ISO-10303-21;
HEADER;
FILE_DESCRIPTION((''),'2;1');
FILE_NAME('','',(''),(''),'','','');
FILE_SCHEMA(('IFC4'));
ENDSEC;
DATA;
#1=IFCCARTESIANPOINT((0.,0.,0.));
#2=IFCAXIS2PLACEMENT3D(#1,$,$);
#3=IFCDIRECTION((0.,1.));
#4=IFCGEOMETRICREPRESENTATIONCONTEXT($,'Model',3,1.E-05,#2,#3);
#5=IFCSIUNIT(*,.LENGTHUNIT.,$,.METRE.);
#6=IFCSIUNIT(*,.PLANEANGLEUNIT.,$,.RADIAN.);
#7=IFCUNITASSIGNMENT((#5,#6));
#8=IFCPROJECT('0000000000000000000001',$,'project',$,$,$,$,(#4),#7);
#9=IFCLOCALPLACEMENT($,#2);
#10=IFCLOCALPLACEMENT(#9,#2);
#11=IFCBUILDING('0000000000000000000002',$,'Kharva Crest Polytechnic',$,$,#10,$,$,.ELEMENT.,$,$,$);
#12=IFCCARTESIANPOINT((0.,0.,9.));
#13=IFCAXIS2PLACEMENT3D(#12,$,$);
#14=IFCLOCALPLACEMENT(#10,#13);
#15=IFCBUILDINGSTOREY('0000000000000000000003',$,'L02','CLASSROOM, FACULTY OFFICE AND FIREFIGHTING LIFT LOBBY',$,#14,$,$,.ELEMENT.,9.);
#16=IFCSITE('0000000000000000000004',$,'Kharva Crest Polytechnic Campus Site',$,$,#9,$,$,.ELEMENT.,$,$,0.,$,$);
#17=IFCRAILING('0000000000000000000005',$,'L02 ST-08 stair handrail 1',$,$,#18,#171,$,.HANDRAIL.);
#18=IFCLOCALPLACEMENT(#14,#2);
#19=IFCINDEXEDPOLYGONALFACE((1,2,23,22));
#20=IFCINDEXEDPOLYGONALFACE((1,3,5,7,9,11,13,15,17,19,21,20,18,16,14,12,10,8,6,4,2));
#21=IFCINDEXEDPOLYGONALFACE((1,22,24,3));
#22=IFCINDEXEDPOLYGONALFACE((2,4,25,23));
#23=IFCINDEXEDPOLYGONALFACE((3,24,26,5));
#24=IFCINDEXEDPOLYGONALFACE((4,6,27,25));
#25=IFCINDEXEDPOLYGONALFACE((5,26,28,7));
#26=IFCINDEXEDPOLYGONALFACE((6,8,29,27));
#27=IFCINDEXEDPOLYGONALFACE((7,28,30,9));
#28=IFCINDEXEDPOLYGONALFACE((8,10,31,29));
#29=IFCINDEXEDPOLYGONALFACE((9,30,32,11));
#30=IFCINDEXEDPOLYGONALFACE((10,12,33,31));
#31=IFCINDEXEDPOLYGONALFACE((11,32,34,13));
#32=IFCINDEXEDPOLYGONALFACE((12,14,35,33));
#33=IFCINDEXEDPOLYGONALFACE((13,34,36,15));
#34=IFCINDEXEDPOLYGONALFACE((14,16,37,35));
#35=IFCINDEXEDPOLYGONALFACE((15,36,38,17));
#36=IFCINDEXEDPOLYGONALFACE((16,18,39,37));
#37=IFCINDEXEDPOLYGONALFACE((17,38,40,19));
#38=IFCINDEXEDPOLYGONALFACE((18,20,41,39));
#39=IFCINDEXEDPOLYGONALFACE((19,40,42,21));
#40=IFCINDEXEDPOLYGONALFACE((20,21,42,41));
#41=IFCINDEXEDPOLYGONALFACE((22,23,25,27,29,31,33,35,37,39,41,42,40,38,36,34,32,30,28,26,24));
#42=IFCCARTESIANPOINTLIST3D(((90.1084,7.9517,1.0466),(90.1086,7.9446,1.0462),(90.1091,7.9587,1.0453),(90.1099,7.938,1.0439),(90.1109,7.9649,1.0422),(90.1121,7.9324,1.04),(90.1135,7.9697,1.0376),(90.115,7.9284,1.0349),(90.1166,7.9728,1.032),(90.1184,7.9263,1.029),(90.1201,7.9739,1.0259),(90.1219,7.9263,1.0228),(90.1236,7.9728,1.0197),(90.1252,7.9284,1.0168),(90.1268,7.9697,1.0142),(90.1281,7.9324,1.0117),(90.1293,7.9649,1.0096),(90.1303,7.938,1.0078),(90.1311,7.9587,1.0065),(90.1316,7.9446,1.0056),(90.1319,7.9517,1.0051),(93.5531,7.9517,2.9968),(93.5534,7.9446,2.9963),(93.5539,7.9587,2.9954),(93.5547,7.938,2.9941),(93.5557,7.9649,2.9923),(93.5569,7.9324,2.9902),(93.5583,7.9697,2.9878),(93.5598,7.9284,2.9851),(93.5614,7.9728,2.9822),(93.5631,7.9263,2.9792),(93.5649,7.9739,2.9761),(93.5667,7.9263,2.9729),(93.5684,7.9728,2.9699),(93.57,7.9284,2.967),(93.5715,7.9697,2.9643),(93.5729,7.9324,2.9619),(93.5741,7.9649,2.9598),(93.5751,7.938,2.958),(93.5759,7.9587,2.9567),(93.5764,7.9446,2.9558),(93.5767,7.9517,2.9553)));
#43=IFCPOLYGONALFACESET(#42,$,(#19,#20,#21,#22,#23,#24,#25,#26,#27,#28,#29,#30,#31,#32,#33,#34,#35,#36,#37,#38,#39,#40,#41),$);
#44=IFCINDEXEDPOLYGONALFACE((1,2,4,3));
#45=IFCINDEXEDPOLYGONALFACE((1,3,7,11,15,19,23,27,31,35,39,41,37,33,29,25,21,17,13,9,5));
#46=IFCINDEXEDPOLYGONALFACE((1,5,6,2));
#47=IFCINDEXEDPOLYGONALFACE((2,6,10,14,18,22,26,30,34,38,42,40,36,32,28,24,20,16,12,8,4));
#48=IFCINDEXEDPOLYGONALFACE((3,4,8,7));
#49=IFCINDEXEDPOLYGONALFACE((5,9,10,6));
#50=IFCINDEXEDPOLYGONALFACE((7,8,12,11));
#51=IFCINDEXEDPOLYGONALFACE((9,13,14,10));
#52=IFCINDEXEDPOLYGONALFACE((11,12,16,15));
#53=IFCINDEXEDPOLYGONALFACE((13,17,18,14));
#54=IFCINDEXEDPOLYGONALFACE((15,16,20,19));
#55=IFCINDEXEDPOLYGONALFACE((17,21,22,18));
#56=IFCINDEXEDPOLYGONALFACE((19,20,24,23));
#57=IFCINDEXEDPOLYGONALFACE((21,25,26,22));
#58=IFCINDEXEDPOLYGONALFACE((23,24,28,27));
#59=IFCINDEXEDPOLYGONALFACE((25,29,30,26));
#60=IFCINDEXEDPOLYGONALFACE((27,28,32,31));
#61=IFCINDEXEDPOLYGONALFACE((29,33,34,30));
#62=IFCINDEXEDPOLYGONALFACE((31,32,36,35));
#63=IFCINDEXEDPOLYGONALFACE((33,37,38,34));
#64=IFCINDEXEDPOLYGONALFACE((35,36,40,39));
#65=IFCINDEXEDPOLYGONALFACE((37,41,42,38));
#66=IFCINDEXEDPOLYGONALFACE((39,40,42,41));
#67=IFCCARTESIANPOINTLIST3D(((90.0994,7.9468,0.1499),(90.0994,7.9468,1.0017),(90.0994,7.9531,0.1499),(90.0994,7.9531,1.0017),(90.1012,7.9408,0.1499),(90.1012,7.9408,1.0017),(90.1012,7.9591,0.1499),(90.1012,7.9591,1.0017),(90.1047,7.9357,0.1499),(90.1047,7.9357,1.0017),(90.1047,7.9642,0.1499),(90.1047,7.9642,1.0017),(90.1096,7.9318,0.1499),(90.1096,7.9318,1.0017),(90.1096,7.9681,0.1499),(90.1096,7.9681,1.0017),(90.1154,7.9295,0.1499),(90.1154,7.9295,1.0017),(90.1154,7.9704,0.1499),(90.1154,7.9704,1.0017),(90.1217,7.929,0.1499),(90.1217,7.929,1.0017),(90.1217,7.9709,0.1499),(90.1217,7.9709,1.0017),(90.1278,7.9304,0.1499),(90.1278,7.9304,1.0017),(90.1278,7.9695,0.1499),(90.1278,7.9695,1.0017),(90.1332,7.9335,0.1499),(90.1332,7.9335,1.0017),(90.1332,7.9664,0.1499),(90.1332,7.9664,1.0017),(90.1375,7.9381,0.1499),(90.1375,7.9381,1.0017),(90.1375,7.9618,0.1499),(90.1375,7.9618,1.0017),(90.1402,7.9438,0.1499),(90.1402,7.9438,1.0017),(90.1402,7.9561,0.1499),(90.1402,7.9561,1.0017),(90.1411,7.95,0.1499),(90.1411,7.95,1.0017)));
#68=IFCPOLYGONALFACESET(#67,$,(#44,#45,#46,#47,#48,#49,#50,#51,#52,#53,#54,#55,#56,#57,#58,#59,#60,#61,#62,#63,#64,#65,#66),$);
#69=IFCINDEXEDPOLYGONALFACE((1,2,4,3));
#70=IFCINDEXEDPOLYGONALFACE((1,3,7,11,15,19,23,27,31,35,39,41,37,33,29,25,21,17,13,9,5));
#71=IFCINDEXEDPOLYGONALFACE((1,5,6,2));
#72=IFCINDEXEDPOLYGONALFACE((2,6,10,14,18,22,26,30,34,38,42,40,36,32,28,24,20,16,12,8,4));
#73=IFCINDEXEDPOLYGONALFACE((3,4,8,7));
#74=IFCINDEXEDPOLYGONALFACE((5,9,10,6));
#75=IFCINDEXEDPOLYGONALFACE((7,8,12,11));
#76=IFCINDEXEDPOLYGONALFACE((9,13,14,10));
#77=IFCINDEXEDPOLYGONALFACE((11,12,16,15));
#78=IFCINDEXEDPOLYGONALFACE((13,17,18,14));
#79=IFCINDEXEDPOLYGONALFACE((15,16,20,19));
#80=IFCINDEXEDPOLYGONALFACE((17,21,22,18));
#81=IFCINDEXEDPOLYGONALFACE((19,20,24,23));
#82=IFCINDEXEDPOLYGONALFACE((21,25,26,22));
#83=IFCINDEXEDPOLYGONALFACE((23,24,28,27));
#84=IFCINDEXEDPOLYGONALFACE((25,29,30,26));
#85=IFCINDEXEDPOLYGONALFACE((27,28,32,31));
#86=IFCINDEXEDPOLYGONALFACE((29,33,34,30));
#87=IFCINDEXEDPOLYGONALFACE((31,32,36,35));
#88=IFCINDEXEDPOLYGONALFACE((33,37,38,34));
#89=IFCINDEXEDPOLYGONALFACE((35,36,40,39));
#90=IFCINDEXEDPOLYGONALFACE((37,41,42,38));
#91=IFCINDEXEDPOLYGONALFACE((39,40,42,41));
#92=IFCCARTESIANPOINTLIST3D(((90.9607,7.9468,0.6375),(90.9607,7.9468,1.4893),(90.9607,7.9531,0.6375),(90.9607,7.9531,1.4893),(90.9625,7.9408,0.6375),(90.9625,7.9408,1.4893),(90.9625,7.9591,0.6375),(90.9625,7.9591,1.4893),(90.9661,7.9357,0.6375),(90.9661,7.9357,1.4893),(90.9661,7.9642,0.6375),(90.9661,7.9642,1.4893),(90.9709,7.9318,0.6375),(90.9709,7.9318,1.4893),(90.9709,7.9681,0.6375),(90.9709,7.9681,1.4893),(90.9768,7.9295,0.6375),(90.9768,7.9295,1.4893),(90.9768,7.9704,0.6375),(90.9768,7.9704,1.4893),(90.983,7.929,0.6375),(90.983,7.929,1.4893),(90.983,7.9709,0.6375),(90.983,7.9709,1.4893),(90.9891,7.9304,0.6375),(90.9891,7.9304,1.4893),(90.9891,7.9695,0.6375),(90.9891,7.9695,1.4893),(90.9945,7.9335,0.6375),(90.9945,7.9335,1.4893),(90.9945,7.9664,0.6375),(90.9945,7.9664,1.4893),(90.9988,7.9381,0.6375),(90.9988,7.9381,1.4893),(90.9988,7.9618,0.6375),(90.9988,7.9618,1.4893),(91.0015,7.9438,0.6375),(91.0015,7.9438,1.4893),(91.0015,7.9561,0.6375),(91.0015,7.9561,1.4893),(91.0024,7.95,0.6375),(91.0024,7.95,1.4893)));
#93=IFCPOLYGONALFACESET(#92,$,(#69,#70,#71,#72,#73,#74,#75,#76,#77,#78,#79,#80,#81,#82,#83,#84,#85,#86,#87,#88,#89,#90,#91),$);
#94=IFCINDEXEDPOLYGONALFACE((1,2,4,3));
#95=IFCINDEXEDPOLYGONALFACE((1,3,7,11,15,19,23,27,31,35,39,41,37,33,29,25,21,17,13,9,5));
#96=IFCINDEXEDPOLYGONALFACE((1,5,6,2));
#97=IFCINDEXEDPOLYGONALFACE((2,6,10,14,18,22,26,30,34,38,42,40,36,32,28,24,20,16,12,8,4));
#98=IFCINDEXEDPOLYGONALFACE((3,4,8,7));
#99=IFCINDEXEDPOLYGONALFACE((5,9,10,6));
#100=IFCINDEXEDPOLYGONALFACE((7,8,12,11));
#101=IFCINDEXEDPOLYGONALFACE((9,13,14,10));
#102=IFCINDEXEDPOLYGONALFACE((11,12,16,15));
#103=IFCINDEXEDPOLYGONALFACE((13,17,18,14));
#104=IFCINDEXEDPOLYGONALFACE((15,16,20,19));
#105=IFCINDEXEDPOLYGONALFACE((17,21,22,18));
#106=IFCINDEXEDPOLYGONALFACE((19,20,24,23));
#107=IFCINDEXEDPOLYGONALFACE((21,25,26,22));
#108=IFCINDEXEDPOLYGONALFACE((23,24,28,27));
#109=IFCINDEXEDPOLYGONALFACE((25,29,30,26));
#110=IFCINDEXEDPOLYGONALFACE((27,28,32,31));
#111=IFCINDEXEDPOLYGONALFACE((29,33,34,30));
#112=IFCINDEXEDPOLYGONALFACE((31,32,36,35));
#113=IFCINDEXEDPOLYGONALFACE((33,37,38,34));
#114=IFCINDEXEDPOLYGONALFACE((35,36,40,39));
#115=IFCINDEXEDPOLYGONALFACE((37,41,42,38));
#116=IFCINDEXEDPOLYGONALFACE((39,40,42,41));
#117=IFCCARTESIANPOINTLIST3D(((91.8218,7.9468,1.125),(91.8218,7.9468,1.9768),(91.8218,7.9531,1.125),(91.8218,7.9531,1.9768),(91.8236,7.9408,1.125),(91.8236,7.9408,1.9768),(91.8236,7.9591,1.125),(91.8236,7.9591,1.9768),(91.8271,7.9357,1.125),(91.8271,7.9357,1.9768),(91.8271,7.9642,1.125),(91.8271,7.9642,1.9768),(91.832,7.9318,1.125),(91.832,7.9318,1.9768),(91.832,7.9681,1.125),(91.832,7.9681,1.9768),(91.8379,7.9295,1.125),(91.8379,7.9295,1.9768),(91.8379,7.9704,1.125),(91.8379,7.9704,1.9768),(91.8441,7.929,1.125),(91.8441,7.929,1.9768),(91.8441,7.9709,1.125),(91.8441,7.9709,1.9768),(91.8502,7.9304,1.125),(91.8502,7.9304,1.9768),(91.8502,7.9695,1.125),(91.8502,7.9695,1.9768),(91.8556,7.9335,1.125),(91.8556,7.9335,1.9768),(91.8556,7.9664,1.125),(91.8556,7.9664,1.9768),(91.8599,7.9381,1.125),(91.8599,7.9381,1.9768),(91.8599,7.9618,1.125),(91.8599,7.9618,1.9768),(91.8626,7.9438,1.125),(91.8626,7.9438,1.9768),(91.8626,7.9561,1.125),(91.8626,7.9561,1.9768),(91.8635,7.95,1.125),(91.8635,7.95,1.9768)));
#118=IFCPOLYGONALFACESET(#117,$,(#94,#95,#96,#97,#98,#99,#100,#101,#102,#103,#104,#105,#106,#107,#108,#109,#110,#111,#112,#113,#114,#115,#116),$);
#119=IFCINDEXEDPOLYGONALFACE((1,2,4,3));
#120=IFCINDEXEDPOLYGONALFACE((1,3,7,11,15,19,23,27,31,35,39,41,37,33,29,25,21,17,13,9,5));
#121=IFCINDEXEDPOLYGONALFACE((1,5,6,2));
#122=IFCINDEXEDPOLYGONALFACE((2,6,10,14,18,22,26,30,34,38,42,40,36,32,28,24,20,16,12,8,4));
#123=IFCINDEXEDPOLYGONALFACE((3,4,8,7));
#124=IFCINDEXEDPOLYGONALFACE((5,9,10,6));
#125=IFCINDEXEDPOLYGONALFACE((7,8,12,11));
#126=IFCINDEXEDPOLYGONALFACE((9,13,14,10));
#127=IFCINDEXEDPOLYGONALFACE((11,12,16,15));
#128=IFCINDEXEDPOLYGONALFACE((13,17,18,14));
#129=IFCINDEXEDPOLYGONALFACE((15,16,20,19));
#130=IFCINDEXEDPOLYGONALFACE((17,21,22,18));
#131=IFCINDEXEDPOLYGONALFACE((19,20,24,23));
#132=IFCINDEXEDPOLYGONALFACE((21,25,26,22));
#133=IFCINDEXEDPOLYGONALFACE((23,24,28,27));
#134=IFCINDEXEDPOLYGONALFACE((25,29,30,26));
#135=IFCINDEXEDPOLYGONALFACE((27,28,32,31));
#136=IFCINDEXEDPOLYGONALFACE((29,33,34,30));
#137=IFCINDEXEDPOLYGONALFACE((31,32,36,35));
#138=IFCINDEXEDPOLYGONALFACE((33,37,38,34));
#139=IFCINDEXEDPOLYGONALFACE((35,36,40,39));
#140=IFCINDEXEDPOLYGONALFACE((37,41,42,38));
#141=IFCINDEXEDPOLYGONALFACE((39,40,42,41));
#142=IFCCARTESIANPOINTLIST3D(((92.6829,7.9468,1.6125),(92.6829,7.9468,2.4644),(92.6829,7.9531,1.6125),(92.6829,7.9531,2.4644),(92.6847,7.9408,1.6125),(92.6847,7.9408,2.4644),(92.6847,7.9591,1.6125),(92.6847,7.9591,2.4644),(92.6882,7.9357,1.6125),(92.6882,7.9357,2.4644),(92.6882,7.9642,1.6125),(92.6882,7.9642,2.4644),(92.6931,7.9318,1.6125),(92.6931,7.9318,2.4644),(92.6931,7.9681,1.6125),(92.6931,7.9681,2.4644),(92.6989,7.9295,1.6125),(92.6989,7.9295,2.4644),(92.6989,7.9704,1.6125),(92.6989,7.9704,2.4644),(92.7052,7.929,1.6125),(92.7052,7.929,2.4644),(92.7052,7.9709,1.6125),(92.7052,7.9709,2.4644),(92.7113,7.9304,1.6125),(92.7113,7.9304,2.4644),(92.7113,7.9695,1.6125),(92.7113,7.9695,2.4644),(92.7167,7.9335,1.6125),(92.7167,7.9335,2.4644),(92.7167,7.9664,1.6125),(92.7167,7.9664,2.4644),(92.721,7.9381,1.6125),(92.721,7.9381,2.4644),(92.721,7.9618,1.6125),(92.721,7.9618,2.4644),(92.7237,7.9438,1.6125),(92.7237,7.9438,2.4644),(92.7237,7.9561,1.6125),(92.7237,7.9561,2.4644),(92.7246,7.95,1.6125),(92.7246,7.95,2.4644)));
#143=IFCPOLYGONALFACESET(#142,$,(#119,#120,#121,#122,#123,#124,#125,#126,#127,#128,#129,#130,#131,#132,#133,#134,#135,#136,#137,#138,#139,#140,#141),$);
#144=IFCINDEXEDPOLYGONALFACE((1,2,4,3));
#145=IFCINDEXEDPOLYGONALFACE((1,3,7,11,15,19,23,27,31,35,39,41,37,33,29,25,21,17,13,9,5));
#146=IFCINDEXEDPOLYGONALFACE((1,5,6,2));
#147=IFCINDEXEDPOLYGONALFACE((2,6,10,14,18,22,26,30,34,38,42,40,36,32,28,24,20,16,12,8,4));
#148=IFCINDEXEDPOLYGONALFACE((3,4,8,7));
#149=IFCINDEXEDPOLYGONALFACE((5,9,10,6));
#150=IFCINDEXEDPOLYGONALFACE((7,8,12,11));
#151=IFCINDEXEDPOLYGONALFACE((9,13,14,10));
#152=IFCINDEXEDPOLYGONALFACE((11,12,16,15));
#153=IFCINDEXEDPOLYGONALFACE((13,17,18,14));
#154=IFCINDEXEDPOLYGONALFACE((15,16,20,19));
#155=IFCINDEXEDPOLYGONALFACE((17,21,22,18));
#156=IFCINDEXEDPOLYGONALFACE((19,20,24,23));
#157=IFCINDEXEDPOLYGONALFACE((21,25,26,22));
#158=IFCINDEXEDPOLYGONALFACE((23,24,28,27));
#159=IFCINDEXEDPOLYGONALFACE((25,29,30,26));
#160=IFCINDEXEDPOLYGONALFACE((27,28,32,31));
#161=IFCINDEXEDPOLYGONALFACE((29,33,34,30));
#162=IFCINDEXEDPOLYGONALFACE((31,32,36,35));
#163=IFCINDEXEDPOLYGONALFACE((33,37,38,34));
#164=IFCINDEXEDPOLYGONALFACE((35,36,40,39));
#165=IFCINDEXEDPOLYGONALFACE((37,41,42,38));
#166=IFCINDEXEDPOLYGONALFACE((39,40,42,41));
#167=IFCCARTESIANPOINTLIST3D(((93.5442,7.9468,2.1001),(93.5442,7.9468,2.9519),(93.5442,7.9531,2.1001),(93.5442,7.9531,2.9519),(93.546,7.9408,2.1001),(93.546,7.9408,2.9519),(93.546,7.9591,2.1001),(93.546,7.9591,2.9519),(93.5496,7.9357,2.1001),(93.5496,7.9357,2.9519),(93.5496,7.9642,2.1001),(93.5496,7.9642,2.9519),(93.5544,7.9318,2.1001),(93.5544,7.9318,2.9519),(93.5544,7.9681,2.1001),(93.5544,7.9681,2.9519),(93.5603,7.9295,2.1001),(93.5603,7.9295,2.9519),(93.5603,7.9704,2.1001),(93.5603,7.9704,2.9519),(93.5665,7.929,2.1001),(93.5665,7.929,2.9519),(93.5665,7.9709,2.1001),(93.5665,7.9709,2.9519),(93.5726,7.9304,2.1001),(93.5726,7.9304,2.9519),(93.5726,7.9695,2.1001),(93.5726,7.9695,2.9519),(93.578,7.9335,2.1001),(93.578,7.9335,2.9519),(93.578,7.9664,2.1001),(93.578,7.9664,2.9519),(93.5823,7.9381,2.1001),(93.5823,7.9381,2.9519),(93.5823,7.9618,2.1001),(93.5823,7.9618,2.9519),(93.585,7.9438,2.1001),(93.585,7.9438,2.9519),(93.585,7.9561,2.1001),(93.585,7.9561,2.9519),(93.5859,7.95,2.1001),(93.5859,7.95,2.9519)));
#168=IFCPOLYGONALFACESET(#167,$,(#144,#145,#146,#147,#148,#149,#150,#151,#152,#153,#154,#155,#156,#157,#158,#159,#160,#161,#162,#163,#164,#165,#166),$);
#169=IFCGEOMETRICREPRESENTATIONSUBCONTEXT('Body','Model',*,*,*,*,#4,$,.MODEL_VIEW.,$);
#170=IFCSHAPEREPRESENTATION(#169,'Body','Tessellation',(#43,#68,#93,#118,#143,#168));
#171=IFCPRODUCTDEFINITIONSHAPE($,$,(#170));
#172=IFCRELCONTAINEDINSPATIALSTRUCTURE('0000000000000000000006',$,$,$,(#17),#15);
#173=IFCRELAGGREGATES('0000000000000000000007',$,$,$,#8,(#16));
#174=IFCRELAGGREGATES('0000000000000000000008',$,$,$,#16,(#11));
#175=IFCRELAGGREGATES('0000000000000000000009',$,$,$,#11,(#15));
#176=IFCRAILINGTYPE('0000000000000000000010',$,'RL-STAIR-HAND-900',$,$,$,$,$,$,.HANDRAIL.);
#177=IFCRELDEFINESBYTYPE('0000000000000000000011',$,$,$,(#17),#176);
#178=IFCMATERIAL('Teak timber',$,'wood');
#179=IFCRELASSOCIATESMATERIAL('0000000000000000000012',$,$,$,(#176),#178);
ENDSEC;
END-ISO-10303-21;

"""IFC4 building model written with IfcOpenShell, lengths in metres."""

from ifc_helpers import new_model, si_unit, direction, frame, origin, origin_2d, place, context, subcontext, project, spatial, circle, extrude, material, type_object, element, save


model = new_model("IFC4")

# Units and contexts
model_context = context("Model", 3, precision=1e-05, world=origin(), true_north=direction((0.0, 1.0)))
body_context = subcontext(model_context, "Body", "Model", "MODEL_VIEW")
ifc_project = project(units=[si_unit("LENGTHUNIT", "METRE"), si_unit("PLANEANGLEUNIT", "RADIAN")], contexts=[model_context])

# Site, building, storey
site_placement = place(None, origin())
site = spatial("IfcSite", under=ifc_project, at=site_placement, Name="Kharva Crest Polytechnic Campus Site", CompositionType="ELEMENT", RefElevation=0.0)
building_placement = place(site_placement, origin())
building = spatial("IfcBuilding", under=site, at=building_placement, Name="Kharva Crest Polytechnic", CompositionType="ELEMENT")
storey_placement = place(building_placement, frame((0.0, 0.0, 9.0)))
storey = spatial("IfcBuildingStorey", under=building, at=storey_placement, Name="L02", Description="CLASSROOM, FACULTY OFFICE AND FIREFIGHTING LIFT LOBBY", CompositionType="ELEMENT", Elevation=9.0)

# Shared definitions
ifc_material_1 = material(Name="Teak timber", Category="wood")

# Railing
railing_type_1 = type_object("IfcRailingType", Name="RL-STAIR-HAND-900", PredefinedType="HANDRAIL", material=ifc_material_1)
railing_1_placement = place(storey_placement, frame((90.1201, 7.95, 0.1499)))
element("IfcRailing", 1, at=railing_1_placement, inside=storey, type_object=railing_type_1, Name="L02 ST-08 stair handrail 1", PredefinedType="HANDRAIL", context=body_context, shape_type="SweptSolid", body=[
    extrude(circle(Radius=0.0239, at=origin_2d()), frame((0.0, 0.0, 0.876), z_axis=(0.870225, 0.0, 0.492655), x_axis=(0.0, 1.0, 0.0)), (0.0, 0.0, 1.0), 3.9585),
    extrude(circle(Radius=0.021, at=origin_2d()), origin(), (0.0, 0.0, 1.0), 0.8518),
    extrude(circle(Radius=0.021, at=origin_2d()), frame((0.8613, 0.0, 0.4875)), (0.0, 0.0, 1.0), 0.8518),
    extrude(circle(Radius=0.021, at=origin_2d()), frame((1.7224, 0.0, 0.9751)), (0.0, 0.0, 1.0), 0.8518),
    extrude(circle(Radius=0.021, at=origin_2d()), frame((2.5835, 0.0, 1.4626)), (0.0, 0.0, 1.0), 0.8518),
    extrude(circle(Radius=0.021, at=origin_2d()), frame((3.4448, 0.0, 1.9502)), (0.0, 0.0, 1.0), 0.8518),
])

save(model, "model.ifc")
